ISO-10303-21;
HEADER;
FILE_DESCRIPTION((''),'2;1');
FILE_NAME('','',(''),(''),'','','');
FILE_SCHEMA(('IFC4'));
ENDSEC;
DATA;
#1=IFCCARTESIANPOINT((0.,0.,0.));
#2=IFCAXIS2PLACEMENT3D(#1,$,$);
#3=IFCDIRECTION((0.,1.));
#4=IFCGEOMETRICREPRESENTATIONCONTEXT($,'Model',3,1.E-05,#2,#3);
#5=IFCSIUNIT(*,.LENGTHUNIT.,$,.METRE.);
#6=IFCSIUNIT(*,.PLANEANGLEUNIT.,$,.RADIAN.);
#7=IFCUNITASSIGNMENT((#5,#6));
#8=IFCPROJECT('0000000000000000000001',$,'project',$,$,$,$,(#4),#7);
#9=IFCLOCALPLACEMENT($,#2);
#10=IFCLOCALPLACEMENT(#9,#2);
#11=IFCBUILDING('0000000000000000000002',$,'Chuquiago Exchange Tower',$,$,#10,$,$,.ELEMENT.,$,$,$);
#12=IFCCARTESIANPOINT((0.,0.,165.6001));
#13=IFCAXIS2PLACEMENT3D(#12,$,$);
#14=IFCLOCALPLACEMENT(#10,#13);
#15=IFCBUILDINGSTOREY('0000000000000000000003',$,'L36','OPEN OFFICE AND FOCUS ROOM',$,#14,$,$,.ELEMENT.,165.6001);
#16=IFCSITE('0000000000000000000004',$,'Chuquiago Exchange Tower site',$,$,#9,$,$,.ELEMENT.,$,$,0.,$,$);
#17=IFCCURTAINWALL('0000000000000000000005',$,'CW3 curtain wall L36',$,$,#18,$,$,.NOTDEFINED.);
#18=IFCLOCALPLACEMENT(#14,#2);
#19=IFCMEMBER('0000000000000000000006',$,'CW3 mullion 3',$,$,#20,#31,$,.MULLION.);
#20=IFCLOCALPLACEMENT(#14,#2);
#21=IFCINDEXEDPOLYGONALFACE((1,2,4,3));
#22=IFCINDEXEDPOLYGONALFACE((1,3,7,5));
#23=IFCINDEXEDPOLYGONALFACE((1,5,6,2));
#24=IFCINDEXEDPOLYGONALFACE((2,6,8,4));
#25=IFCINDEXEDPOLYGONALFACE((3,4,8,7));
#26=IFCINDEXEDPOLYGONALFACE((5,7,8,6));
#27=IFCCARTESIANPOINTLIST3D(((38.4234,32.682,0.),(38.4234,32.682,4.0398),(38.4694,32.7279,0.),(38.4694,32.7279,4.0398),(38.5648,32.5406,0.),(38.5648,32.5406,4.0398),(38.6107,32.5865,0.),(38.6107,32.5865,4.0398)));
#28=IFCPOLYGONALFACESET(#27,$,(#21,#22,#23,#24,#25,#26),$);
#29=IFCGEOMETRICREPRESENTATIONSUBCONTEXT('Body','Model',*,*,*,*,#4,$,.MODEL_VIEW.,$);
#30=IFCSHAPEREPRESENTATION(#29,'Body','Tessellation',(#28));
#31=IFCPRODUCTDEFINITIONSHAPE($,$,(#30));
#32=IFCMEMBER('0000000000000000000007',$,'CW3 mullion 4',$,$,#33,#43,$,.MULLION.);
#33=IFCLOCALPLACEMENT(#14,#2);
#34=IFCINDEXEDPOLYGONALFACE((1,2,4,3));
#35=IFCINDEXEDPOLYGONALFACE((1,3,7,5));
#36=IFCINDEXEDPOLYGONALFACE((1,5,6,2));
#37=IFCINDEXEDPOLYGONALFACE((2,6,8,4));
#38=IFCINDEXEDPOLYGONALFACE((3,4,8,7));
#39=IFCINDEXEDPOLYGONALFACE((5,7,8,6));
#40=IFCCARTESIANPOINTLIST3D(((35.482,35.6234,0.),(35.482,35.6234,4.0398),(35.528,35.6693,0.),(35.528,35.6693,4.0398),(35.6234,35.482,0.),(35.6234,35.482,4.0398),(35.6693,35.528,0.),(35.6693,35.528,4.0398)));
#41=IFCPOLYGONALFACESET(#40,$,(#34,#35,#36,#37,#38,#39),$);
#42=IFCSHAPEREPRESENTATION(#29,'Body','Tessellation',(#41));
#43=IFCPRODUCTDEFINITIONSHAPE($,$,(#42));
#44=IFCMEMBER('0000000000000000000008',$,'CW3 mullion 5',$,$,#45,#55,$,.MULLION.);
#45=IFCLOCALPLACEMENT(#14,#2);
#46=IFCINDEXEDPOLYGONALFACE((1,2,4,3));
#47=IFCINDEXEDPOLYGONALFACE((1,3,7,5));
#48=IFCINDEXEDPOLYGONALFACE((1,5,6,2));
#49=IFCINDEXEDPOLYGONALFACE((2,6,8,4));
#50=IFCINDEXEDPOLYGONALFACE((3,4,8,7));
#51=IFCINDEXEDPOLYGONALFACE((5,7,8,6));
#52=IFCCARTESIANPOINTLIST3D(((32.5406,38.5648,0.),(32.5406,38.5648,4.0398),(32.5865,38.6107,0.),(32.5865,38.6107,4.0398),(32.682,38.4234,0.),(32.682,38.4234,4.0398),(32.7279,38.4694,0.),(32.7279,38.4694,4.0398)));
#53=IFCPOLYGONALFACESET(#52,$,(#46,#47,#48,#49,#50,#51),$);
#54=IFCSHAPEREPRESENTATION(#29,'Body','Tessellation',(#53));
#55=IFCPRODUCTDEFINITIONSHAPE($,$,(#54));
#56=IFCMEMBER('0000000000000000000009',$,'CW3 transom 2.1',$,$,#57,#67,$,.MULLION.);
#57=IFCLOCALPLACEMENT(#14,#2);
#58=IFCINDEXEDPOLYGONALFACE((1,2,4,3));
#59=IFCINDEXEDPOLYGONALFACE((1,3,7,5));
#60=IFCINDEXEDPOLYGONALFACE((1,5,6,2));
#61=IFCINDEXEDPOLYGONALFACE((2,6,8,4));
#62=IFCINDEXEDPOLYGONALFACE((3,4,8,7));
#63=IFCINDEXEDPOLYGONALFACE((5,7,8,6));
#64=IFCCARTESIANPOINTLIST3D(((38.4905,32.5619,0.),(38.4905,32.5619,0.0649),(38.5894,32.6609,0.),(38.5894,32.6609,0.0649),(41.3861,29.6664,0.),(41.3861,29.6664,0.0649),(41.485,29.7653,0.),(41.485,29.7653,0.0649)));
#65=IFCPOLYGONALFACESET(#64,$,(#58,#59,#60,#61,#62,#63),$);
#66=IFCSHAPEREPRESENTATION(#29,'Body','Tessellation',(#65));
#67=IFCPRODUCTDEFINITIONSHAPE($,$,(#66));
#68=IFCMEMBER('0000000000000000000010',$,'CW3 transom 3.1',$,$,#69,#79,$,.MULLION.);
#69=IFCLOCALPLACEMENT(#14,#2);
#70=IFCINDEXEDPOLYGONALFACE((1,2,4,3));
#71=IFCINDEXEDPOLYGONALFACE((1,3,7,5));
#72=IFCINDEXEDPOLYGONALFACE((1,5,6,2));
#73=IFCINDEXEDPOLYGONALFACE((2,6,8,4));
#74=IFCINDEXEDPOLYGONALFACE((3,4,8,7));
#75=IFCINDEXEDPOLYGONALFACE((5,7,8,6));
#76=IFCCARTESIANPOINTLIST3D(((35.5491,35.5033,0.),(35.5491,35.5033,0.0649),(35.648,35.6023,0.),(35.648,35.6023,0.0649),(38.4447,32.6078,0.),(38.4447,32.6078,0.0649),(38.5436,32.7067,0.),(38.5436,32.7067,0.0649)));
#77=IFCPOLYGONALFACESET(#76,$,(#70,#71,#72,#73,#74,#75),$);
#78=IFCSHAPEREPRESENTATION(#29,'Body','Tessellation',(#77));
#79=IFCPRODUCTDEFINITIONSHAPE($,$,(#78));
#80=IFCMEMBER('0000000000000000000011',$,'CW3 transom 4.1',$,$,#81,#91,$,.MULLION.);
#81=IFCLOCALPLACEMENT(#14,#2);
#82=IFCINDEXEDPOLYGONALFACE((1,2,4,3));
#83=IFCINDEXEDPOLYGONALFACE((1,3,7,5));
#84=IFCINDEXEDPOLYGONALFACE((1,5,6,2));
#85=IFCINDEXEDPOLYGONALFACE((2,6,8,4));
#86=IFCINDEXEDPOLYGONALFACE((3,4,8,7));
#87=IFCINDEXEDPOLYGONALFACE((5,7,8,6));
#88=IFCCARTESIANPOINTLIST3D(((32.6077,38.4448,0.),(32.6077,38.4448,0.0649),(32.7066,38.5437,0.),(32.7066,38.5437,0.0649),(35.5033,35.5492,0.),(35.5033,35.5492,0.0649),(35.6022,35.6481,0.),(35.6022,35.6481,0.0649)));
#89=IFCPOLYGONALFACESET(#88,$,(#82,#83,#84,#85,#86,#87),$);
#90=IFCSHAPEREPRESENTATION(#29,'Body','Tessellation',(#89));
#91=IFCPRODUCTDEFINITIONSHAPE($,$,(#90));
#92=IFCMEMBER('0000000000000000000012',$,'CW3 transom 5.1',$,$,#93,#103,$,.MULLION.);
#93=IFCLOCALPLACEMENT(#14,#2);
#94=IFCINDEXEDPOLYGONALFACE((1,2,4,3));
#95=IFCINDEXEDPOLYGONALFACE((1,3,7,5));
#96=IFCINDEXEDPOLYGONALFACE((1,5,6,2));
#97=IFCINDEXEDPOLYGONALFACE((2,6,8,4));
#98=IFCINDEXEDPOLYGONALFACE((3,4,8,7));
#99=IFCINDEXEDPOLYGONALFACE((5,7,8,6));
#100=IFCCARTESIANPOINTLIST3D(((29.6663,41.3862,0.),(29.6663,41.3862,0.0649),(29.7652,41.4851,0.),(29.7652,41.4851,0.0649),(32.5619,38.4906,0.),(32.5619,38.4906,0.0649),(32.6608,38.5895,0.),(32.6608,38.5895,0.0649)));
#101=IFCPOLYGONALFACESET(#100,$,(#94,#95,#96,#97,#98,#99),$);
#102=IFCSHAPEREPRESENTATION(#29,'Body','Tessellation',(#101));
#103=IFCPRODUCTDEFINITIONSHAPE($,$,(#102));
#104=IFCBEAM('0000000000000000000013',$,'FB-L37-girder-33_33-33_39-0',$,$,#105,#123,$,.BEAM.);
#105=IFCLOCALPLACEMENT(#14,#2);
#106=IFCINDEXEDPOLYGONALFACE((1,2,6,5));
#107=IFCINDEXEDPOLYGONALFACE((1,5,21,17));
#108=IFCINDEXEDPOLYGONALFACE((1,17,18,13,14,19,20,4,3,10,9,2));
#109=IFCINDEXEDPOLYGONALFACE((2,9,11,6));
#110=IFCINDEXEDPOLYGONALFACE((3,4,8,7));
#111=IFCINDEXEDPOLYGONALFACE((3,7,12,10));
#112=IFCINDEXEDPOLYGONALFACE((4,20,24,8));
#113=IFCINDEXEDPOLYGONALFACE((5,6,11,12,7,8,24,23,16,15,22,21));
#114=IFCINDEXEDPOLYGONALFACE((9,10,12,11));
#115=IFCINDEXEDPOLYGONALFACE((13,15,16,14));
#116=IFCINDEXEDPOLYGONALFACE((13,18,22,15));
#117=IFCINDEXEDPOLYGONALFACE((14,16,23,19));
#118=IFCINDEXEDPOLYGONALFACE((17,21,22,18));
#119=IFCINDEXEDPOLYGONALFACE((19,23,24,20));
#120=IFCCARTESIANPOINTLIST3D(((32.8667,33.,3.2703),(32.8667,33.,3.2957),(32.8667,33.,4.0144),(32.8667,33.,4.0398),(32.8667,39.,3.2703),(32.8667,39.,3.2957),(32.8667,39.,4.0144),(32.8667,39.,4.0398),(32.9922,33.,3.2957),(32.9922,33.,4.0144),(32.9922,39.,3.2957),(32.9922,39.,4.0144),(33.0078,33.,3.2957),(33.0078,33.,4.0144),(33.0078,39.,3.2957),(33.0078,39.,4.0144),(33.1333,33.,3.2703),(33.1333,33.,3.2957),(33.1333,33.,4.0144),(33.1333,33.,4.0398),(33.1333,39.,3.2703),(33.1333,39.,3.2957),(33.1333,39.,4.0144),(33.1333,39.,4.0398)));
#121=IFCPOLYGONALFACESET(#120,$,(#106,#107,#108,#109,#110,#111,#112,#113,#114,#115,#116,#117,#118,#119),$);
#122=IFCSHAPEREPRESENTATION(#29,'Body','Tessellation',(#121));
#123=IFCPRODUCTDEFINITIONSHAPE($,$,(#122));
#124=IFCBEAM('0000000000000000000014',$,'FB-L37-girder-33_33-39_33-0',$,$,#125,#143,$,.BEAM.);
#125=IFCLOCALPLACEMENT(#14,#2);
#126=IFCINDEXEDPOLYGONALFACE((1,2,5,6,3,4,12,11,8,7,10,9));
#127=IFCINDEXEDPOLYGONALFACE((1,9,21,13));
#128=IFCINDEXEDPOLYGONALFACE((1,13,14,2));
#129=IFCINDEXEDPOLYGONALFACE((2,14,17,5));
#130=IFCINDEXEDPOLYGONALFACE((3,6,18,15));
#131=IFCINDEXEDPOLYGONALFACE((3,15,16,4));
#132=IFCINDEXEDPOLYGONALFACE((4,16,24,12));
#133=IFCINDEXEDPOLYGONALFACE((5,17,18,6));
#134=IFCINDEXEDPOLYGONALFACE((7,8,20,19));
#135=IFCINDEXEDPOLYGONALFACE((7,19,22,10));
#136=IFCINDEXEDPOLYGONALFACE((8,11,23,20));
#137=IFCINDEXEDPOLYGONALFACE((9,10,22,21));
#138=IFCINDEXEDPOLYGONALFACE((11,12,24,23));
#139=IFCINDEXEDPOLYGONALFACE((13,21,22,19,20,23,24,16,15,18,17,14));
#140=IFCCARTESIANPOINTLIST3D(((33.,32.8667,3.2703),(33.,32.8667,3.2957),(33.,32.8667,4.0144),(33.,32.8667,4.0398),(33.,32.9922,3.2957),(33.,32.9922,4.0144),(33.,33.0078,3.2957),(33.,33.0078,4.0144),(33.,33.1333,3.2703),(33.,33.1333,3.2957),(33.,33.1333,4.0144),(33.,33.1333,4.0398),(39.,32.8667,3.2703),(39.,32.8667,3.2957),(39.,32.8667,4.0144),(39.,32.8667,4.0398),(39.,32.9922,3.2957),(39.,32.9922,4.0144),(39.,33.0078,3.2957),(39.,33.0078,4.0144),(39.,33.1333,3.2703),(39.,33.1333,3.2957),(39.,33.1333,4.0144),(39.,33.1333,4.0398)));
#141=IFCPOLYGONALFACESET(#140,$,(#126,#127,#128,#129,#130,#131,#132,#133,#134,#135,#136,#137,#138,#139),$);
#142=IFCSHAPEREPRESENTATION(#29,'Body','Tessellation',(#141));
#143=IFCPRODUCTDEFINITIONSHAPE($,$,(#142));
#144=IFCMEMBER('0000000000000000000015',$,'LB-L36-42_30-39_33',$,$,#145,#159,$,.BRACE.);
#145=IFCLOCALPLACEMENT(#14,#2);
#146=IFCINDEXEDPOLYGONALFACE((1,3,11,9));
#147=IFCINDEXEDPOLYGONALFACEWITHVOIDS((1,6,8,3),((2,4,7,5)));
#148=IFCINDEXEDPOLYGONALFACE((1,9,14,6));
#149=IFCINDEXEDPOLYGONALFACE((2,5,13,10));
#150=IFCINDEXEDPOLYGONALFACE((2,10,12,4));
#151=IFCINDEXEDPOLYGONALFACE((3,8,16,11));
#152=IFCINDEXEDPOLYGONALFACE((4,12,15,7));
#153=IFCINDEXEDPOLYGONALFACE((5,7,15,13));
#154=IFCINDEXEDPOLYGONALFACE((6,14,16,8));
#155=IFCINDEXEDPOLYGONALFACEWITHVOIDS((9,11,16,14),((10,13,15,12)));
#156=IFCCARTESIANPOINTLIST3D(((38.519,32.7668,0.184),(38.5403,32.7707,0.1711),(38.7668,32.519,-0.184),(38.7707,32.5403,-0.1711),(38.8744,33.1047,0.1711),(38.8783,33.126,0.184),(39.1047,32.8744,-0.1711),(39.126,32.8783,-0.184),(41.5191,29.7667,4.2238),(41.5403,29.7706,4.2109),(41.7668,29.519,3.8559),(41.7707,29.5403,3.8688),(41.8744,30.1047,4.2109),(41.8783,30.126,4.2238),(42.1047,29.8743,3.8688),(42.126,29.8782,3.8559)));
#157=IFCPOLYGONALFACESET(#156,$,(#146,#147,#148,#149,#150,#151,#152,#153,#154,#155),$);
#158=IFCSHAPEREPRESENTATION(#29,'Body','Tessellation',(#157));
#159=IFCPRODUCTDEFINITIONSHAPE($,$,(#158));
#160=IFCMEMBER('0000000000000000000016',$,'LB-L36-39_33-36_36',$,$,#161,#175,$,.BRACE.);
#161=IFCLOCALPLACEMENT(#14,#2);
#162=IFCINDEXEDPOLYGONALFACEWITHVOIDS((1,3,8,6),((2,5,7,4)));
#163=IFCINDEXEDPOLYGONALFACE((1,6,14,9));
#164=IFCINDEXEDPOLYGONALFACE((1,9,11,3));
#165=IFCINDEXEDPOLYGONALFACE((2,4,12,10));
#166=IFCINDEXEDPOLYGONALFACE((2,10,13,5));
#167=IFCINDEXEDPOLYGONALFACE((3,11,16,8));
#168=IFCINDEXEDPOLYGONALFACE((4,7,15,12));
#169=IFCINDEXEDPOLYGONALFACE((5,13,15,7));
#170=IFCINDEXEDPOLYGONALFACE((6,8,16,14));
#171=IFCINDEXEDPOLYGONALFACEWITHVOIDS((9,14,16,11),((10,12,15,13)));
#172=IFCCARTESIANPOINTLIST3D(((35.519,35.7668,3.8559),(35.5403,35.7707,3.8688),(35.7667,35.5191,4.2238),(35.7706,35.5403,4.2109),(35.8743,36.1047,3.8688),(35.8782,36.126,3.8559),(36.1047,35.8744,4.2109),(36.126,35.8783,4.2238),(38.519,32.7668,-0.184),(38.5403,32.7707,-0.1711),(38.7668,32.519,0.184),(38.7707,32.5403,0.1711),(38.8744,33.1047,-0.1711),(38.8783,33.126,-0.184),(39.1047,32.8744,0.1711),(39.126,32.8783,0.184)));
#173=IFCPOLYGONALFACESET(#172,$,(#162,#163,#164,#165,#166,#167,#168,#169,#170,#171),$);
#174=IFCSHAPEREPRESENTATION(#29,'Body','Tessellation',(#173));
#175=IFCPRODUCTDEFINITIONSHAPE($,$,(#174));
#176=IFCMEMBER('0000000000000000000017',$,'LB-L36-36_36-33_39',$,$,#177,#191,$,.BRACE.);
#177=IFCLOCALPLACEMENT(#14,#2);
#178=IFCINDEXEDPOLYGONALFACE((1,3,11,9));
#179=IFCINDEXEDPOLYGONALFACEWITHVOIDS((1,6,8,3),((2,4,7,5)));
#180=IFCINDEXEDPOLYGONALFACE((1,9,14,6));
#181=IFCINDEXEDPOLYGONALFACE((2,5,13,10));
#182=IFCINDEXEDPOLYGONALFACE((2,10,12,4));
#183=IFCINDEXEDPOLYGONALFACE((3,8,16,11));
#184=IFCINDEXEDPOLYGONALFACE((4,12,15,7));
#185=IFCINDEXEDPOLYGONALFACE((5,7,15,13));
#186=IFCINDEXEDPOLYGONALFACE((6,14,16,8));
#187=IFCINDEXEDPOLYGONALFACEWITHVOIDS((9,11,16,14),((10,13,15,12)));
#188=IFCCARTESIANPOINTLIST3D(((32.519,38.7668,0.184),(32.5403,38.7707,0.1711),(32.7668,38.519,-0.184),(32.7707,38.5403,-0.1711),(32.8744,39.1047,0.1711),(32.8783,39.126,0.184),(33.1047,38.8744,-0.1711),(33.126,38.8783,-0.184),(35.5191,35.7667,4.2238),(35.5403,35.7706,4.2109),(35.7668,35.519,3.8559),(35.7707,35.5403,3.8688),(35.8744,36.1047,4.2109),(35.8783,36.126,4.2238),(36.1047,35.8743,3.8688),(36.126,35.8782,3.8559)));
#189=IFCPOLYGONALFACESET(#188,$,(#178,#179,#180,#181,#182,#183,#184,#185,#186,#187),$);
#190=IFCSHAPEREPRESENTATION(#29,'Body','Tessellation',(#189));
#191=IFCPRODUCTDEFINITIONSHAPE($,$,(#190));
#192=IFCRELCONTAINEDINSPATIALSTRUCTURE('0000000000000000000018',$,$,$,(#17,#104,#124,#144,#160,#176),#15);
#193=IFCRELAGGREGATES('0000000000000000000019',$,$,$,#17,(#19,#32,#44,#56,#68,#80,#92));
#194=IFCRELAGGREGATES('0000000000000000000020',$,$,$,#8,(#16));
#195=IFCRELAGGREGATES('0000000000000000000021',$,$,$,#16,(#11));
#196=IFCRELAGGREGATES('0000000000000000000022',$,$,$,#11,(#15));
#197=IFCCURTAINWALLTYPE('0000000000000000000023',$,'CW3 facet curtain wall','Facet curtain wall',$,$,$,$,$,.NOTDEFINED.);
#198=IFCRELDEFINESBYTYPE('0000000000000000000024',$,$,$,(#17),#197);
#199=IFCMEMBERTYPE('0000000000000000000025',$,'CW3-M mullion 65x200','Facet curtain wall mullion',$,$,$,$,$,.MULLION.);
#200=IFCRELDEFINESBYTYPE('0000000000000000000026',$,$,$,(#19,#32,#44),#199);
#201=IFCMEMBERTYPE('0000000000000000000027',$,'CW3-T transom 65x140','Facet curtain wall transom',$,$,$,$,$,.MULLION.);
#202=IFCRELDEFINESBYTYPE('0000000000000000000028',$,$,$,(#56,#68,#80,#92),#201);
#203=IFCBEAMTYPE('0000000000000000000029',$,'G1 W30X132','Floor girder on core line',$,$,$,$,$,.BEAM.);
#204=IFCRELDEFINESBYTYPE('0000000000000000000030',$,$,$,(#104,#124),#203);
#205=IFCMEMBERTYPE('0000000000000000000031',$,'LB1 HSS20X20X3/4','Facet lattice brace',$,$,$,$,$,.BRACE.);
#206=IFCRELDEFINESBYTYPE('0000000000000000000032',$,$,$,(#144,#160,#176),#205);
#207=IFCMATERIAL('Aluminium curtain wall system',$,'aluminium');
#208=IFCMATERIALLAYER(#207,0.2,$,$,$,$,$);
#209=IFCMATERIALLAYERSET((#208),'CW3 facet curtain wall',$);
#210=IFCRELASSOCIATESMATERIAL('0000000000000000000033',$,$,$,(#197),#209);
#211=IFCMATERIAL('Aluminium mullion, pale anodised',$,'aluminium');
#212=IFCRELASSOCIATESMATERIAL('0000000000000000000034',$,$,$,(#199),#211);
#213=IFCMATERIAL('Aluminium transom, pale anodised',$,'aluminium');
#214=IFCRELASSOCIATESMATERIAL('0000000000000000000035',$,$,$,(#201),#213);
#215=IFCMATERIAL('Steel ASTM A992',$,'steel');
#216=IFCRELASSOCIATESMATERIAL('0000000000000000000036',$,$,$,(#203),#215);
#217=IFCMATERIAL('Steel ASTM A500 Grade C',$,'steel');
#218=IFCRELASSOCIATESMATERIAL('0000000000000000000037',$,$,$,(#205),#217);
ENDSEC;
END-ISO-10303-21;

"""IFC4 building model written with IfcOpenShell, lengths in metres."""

from ifc_helpers import new_model, si_unit, direction, frame, origin, origin_2d, place, context, subcontext, project, spatial, rectangle, hollow_rectangle, i_section, extrude, material, layer, layer_set, material_profile, profile_set, type_object, element, aggregate, save


model = new_model("IFC4")

# Units and contexts
model_context = context("Model", 3, precision=1e-05, world=origin(), true_north=direction((0.0, 1.0)))
body_context = subcontext(model_context, "Body", "Model", "MODEL_VIEW")
ifc_project = project(units=[si_unit("LENGTHUNIT", "METRE"), si_unit("PLANEANGLEUNIT", "RADIAN")], contexts=[model_context])

# Site, building, storey
site_placement = place(None, origin())
site = spatial("IfcSite", under=ifc_project, at=site_placement, Name="Chuquiago Exchange Tower site", CompositionType="ELEMENT", RefElevation=0.0)
building_placement = place(site_placement, origin())
building = spatial("IfcBuilding", under=site, at=building_placement, Name="Chuquiago Exchange Tower", CompositionType="ELEMENT")
storey_placement = place(building_placement, frame((0.0, 0.0, 165.6001)))
storey = spatial("IfcBuildingStorey", under=building, at=storey_placement, Name="L36", Description="OPEN OFFICE AND FOCUS ROOM", CompositionType="ELEMENT", Elevation=165.6001)

# Curtain wall, members
ifc_material_1 = material(Name="Aluminium curtain wall system", Category="aluminium")
ifc_layer_1 = layer(ifc_material_1, 0.2)
ifc_layer_set_1 = layer_set([ifc_layer_1], Name="CW3 facet curtain wall")
curtain_wall_type = type_object("IfcCurtainWallType", Name="CW3 facet curtain wall", Description="Facet curtain wall", PredefinedType="NOTDEFINED", material=ifc_layer_set_1)
curtain_wall_placement = place(storey_placement, origin())
curtain_wall = element("IfcCurtainWall", 1, at=curtain_wall_placement, inside=storey, type_object=curtain_wall_type, Name="CW3 curtain wall L36", PredefinedType="NOTDEFINED")
ifc_material_2 = material(Name="Aluminium mullion, pale anodised", Category="aluminium")
ifc_material_profile_1 = material_profile(ifc_material_2, rectangle(XDim=0.0649, YDim=0.2, at=origin_2d()), Name="AL 65x200")
ifc_profile_set_1 = profile_set([ifc_material_profile_1], Name="Aluminium mullion, pale anodised")
member_type_1 = type_object("IfcMemberType", Name="CW3-M mullion 65x200", Description="Facet curtain wall mullion", PredefinedType="MULLION", material=ifc_profile_set_1)
member_1_placement = place(storey_placement, frame((38.5171, 32.6343, 0.0), z_axis=(0.0, 0.0, 1.0), x_axis=(-0.707107, -0.707107, 0.0)))
member_1 = element("IfcMember", 2, at=member_1_placement, type_object=member_type_1, Name="CW3 mullion 3", PredefinedType="MULLION", context=body_context, shape_type="SweptSolid", body=[
    extrude(rectangle(XDim=0.0649, YDim=0.2, at=origin_2d()), origin(), (0.0, 0.0, 1.0), 4.0398),
])
member_2_placement = place(storey_placement, frame((35.5757, 35.5757, 0.0), z_axis=(0.0, 0.0, 1.0), x_axis=(-0.707107, -0.707107, 0.0)))
member_2 = element("IfcMember", 3, at=member_2_placement, type_object=member_type_1, Name="CW3 mullion 4", PredefinedType="MULLION", context=body_context, shape_type="SweptSolid", body=[
    extrude(rectangle(XDim=0.0649, YDim=0.2, at=origin_2d()), origin(), (0.0, 0.0, 1.0), 4.0398),
])
member_3_placement = place(storey_placement, frame((32.6343, 38.5171, 0.0), z_axis=(0.0, 0.0, 1.0), x_axis=(-0.707107, -0.707107, 0.0)))
member_3 = element("IfcMember", 4, at=member_3_placement, type_object=member_type_1, Name="CW3 mullion 5", PredefinedType="MULLION", context=body_context, shape_type="SweptSolid", body=[
    extrude(rectangle(XDim=0.0649, YDim=0.2, at=origin_2d()), origin(), (0.0, 0.0, 1.0), 4.0398),
])
ifc_material_3 = material(Name="Aluminium transom, pale anodised", Category="aluminium")
ifc_material_profile_2 = material_profile(ifc_material_3, rectangle(XDim=0.1399, YDim=0.0649, at=origin_2d()), Name="AL 140x65")
ifc_profile_set_2 = profile_set([ifc_material_profile_2], Name="Aluminium transom, pale anodised")
member_type_2 = type_object("IfcMemberType", Name="CW3-T transom 65x140", Description="Facet curtain wall transom", PredefinedType="MULLION", material=ifc_profile_set_2)
member_4_placement = place(storey_placement, frame((41.4355, 29.7158, 0.0325), z_axis=(-0.707107, 0.707107, 0.0), x_axis=(-0.707107, -0.707107, 0.0)))
member_4 = element("IfcMember", 5, at=member_4_placement, type_object=member_type_2, Name="CW3 transom 2.1", PredefinedType="MULLION", context=body_context, shape_type="SweptSolid", body=[
    extrude(rectangle(XDim=0.1399, YDim=0.0649, at=origin_2d()), origin(), (0.0, 0.0, 1.0), 4.095),
])
member_5_placement = place(storey_placement, frame((38.4941, 32.6572, 0.0325), z_axis=(-0.707107, 0.707107, 0.0), x_axis=(-0.707107, -0.707107, 0.0)))
member_5 = element("IfcMember", 6, at=member_5_placement, type_object=member_type_2, Name="CW3 transom 3.1", PredefinedType="MULLION", context=body_context, shape_type="SweptSolid", body=[
    extrude(rectangle(XDim=0.1399, YDim=0.0649, at=origin_2d()), origin(), (0.0, 0.0, 1.0), 4.095),
])
member_6_placement = place(storey_placement, frame((35.5527, 35.5986, 0.0325), z_axis=(-0.707107, 0.707107, 0.0), x_axis=(-0.707107, -0.707107, 0.0)))
member_6 = element("IfcMember", 7, at=member_6_placement, type_object=member_type_2, Name="CW3 transom 4.1", PredefinedType="MULLION", context=body_context, shape_type="SweptSolid", body=[
    extrude(rectangle(XDim=0.1399, YDim=0.0649, at=origin_2d()), origin(), (0.0, 0.0, 1.0), 4.095),
])
member_7_placement = place(storey_placement, frame((32.6113, 38.54, 0.0325), z_axis=(-0.707107, 0.707107, 0.0), x_axis=(-0.707107, -0.707107, 0.0)))
member_7 = element("IfcMember", 8, at=member_7_placement, type_object=member_type_2, Name="CW3 transom 5.1", PredefinedType="MULLION", context=body_context, shape_type="SweptSolid", body=[
    extrude(rectangle(XDim=0.1399, YDim=0.0649, at=origin_2d()), origin(), (0.0, 0.0, 1.0), 4.095),
])

# Beams
ifc_material_4 = material(Name="Steel ASTM A992", Category="steel")
ifc_material_profile_3 = material_profile(ifc_material_4, i_section(OverallWidth=0.2666, OverallDepth=0.7695, WebThickness=0.0156, FlangeThickness=0.0254, at=origin_2d()), Name="W30X132")
ifc_profile_set_3 = profile_set([ifc_material_profile_3], Name="Steel ASTM A992")
beam_type_1 = type_object("IfcBeamType", Name="G1 W30X132", Description="Floor girder on core line", PredefinedType="BEAM", material=ifc_profile_set_3)
for number, where, z_axis, x_axis, name in (
    (9, (33.0, 33.0, 3.655), (0.0, 1.0, 0.0), (-1.0, 0.0, 0.0), "FB-L37-girder-33_33-33_39-0"),
    (10, (33.0, 33.0, 3.655), (1.0, 0.0, 0.0), (0.0, 1.0, 0.0), "FB-L37-girder-33_33-39_33-0"),
):
    element("IfcBeam", number, at=place(storey_placement, frame(where, z_axis=z_axis, x_axis=x_axis)), inside=storey, type_object=beam_type_1, Name=name, PredefinedType="BEAM", context=body_context, shape_type="SweptSolid", body=[
        extrude(i_section(OverallWidth=0.2666, OverallDepth=0.7695, WebThickness=0.0156, FlangeThickness=0.0254, at=origin_2d()), origin(), (0.0, 0.0, 1.0), 6.0),
    ])

# Members
ifc_material_5 = material(Name="Steel ASTM A500 Grade C", Category="steel")
ifc_material_profile_4 = material_profile(ifc_material_5, hollow_rectangle(XDim=0.5081, YDim=0.5081, WallThickness=0.0178, at=origin_2d()), Name="HSS20X20X3/4")
ifc_profile_set_4 = profile_set([ifc_material_profile_4], Name="Steel ASTM A500 Grade C")
member_type_3 = type_object("IfcMemberType", Name="LB1 HSS20X20X3/4", Description="Facet lattice brace", PredefinedType="BRACE", material=ifc_profile_set_4)
for number, where, z_axis, x_axis, name in (
    (11, (38.8225, 32.8225, 0.0), (0.512092, -0.512092, 0.689582), (0.707107, 0.707107, 0.0), "LB-L36-42_30-39_33"),
    (12, (38.8225, 32.8225, 0.0), (-0.512092, 0.512092, 0.689582), (-0.707107, -0.707107, 0.0), "LB-L36-39_33-36_36"),
    (13, (32.8225, 38.8225, 0.0), (0.512092, -0.512092, 0.689582), (0.707107, 0.707107, 0.0), "LB-L36-36_36-33_39"),
):
    element("IfcMember", number, at=place(storey_placement, frame(where, z_axis=z_axis, x_axis=x_axis)), inside=storey, type_object=member_type_3, Name=name, PredefinedType="BRACE", context=body_context, shape_type="SweptSolid", body=[
        extrude(hollow_rectangle(XDim=0.5081, YDim=0.5081, WallThickness=0.0178, at=origin_2d()), origin(), (0.0, 0.0, 1.0), 5.8584),
    ])

aggregate(curtain_wall, [member_1, member_2, member_3, member_4, member_5, member_6, member_7])

save(model, "model.ifc")
